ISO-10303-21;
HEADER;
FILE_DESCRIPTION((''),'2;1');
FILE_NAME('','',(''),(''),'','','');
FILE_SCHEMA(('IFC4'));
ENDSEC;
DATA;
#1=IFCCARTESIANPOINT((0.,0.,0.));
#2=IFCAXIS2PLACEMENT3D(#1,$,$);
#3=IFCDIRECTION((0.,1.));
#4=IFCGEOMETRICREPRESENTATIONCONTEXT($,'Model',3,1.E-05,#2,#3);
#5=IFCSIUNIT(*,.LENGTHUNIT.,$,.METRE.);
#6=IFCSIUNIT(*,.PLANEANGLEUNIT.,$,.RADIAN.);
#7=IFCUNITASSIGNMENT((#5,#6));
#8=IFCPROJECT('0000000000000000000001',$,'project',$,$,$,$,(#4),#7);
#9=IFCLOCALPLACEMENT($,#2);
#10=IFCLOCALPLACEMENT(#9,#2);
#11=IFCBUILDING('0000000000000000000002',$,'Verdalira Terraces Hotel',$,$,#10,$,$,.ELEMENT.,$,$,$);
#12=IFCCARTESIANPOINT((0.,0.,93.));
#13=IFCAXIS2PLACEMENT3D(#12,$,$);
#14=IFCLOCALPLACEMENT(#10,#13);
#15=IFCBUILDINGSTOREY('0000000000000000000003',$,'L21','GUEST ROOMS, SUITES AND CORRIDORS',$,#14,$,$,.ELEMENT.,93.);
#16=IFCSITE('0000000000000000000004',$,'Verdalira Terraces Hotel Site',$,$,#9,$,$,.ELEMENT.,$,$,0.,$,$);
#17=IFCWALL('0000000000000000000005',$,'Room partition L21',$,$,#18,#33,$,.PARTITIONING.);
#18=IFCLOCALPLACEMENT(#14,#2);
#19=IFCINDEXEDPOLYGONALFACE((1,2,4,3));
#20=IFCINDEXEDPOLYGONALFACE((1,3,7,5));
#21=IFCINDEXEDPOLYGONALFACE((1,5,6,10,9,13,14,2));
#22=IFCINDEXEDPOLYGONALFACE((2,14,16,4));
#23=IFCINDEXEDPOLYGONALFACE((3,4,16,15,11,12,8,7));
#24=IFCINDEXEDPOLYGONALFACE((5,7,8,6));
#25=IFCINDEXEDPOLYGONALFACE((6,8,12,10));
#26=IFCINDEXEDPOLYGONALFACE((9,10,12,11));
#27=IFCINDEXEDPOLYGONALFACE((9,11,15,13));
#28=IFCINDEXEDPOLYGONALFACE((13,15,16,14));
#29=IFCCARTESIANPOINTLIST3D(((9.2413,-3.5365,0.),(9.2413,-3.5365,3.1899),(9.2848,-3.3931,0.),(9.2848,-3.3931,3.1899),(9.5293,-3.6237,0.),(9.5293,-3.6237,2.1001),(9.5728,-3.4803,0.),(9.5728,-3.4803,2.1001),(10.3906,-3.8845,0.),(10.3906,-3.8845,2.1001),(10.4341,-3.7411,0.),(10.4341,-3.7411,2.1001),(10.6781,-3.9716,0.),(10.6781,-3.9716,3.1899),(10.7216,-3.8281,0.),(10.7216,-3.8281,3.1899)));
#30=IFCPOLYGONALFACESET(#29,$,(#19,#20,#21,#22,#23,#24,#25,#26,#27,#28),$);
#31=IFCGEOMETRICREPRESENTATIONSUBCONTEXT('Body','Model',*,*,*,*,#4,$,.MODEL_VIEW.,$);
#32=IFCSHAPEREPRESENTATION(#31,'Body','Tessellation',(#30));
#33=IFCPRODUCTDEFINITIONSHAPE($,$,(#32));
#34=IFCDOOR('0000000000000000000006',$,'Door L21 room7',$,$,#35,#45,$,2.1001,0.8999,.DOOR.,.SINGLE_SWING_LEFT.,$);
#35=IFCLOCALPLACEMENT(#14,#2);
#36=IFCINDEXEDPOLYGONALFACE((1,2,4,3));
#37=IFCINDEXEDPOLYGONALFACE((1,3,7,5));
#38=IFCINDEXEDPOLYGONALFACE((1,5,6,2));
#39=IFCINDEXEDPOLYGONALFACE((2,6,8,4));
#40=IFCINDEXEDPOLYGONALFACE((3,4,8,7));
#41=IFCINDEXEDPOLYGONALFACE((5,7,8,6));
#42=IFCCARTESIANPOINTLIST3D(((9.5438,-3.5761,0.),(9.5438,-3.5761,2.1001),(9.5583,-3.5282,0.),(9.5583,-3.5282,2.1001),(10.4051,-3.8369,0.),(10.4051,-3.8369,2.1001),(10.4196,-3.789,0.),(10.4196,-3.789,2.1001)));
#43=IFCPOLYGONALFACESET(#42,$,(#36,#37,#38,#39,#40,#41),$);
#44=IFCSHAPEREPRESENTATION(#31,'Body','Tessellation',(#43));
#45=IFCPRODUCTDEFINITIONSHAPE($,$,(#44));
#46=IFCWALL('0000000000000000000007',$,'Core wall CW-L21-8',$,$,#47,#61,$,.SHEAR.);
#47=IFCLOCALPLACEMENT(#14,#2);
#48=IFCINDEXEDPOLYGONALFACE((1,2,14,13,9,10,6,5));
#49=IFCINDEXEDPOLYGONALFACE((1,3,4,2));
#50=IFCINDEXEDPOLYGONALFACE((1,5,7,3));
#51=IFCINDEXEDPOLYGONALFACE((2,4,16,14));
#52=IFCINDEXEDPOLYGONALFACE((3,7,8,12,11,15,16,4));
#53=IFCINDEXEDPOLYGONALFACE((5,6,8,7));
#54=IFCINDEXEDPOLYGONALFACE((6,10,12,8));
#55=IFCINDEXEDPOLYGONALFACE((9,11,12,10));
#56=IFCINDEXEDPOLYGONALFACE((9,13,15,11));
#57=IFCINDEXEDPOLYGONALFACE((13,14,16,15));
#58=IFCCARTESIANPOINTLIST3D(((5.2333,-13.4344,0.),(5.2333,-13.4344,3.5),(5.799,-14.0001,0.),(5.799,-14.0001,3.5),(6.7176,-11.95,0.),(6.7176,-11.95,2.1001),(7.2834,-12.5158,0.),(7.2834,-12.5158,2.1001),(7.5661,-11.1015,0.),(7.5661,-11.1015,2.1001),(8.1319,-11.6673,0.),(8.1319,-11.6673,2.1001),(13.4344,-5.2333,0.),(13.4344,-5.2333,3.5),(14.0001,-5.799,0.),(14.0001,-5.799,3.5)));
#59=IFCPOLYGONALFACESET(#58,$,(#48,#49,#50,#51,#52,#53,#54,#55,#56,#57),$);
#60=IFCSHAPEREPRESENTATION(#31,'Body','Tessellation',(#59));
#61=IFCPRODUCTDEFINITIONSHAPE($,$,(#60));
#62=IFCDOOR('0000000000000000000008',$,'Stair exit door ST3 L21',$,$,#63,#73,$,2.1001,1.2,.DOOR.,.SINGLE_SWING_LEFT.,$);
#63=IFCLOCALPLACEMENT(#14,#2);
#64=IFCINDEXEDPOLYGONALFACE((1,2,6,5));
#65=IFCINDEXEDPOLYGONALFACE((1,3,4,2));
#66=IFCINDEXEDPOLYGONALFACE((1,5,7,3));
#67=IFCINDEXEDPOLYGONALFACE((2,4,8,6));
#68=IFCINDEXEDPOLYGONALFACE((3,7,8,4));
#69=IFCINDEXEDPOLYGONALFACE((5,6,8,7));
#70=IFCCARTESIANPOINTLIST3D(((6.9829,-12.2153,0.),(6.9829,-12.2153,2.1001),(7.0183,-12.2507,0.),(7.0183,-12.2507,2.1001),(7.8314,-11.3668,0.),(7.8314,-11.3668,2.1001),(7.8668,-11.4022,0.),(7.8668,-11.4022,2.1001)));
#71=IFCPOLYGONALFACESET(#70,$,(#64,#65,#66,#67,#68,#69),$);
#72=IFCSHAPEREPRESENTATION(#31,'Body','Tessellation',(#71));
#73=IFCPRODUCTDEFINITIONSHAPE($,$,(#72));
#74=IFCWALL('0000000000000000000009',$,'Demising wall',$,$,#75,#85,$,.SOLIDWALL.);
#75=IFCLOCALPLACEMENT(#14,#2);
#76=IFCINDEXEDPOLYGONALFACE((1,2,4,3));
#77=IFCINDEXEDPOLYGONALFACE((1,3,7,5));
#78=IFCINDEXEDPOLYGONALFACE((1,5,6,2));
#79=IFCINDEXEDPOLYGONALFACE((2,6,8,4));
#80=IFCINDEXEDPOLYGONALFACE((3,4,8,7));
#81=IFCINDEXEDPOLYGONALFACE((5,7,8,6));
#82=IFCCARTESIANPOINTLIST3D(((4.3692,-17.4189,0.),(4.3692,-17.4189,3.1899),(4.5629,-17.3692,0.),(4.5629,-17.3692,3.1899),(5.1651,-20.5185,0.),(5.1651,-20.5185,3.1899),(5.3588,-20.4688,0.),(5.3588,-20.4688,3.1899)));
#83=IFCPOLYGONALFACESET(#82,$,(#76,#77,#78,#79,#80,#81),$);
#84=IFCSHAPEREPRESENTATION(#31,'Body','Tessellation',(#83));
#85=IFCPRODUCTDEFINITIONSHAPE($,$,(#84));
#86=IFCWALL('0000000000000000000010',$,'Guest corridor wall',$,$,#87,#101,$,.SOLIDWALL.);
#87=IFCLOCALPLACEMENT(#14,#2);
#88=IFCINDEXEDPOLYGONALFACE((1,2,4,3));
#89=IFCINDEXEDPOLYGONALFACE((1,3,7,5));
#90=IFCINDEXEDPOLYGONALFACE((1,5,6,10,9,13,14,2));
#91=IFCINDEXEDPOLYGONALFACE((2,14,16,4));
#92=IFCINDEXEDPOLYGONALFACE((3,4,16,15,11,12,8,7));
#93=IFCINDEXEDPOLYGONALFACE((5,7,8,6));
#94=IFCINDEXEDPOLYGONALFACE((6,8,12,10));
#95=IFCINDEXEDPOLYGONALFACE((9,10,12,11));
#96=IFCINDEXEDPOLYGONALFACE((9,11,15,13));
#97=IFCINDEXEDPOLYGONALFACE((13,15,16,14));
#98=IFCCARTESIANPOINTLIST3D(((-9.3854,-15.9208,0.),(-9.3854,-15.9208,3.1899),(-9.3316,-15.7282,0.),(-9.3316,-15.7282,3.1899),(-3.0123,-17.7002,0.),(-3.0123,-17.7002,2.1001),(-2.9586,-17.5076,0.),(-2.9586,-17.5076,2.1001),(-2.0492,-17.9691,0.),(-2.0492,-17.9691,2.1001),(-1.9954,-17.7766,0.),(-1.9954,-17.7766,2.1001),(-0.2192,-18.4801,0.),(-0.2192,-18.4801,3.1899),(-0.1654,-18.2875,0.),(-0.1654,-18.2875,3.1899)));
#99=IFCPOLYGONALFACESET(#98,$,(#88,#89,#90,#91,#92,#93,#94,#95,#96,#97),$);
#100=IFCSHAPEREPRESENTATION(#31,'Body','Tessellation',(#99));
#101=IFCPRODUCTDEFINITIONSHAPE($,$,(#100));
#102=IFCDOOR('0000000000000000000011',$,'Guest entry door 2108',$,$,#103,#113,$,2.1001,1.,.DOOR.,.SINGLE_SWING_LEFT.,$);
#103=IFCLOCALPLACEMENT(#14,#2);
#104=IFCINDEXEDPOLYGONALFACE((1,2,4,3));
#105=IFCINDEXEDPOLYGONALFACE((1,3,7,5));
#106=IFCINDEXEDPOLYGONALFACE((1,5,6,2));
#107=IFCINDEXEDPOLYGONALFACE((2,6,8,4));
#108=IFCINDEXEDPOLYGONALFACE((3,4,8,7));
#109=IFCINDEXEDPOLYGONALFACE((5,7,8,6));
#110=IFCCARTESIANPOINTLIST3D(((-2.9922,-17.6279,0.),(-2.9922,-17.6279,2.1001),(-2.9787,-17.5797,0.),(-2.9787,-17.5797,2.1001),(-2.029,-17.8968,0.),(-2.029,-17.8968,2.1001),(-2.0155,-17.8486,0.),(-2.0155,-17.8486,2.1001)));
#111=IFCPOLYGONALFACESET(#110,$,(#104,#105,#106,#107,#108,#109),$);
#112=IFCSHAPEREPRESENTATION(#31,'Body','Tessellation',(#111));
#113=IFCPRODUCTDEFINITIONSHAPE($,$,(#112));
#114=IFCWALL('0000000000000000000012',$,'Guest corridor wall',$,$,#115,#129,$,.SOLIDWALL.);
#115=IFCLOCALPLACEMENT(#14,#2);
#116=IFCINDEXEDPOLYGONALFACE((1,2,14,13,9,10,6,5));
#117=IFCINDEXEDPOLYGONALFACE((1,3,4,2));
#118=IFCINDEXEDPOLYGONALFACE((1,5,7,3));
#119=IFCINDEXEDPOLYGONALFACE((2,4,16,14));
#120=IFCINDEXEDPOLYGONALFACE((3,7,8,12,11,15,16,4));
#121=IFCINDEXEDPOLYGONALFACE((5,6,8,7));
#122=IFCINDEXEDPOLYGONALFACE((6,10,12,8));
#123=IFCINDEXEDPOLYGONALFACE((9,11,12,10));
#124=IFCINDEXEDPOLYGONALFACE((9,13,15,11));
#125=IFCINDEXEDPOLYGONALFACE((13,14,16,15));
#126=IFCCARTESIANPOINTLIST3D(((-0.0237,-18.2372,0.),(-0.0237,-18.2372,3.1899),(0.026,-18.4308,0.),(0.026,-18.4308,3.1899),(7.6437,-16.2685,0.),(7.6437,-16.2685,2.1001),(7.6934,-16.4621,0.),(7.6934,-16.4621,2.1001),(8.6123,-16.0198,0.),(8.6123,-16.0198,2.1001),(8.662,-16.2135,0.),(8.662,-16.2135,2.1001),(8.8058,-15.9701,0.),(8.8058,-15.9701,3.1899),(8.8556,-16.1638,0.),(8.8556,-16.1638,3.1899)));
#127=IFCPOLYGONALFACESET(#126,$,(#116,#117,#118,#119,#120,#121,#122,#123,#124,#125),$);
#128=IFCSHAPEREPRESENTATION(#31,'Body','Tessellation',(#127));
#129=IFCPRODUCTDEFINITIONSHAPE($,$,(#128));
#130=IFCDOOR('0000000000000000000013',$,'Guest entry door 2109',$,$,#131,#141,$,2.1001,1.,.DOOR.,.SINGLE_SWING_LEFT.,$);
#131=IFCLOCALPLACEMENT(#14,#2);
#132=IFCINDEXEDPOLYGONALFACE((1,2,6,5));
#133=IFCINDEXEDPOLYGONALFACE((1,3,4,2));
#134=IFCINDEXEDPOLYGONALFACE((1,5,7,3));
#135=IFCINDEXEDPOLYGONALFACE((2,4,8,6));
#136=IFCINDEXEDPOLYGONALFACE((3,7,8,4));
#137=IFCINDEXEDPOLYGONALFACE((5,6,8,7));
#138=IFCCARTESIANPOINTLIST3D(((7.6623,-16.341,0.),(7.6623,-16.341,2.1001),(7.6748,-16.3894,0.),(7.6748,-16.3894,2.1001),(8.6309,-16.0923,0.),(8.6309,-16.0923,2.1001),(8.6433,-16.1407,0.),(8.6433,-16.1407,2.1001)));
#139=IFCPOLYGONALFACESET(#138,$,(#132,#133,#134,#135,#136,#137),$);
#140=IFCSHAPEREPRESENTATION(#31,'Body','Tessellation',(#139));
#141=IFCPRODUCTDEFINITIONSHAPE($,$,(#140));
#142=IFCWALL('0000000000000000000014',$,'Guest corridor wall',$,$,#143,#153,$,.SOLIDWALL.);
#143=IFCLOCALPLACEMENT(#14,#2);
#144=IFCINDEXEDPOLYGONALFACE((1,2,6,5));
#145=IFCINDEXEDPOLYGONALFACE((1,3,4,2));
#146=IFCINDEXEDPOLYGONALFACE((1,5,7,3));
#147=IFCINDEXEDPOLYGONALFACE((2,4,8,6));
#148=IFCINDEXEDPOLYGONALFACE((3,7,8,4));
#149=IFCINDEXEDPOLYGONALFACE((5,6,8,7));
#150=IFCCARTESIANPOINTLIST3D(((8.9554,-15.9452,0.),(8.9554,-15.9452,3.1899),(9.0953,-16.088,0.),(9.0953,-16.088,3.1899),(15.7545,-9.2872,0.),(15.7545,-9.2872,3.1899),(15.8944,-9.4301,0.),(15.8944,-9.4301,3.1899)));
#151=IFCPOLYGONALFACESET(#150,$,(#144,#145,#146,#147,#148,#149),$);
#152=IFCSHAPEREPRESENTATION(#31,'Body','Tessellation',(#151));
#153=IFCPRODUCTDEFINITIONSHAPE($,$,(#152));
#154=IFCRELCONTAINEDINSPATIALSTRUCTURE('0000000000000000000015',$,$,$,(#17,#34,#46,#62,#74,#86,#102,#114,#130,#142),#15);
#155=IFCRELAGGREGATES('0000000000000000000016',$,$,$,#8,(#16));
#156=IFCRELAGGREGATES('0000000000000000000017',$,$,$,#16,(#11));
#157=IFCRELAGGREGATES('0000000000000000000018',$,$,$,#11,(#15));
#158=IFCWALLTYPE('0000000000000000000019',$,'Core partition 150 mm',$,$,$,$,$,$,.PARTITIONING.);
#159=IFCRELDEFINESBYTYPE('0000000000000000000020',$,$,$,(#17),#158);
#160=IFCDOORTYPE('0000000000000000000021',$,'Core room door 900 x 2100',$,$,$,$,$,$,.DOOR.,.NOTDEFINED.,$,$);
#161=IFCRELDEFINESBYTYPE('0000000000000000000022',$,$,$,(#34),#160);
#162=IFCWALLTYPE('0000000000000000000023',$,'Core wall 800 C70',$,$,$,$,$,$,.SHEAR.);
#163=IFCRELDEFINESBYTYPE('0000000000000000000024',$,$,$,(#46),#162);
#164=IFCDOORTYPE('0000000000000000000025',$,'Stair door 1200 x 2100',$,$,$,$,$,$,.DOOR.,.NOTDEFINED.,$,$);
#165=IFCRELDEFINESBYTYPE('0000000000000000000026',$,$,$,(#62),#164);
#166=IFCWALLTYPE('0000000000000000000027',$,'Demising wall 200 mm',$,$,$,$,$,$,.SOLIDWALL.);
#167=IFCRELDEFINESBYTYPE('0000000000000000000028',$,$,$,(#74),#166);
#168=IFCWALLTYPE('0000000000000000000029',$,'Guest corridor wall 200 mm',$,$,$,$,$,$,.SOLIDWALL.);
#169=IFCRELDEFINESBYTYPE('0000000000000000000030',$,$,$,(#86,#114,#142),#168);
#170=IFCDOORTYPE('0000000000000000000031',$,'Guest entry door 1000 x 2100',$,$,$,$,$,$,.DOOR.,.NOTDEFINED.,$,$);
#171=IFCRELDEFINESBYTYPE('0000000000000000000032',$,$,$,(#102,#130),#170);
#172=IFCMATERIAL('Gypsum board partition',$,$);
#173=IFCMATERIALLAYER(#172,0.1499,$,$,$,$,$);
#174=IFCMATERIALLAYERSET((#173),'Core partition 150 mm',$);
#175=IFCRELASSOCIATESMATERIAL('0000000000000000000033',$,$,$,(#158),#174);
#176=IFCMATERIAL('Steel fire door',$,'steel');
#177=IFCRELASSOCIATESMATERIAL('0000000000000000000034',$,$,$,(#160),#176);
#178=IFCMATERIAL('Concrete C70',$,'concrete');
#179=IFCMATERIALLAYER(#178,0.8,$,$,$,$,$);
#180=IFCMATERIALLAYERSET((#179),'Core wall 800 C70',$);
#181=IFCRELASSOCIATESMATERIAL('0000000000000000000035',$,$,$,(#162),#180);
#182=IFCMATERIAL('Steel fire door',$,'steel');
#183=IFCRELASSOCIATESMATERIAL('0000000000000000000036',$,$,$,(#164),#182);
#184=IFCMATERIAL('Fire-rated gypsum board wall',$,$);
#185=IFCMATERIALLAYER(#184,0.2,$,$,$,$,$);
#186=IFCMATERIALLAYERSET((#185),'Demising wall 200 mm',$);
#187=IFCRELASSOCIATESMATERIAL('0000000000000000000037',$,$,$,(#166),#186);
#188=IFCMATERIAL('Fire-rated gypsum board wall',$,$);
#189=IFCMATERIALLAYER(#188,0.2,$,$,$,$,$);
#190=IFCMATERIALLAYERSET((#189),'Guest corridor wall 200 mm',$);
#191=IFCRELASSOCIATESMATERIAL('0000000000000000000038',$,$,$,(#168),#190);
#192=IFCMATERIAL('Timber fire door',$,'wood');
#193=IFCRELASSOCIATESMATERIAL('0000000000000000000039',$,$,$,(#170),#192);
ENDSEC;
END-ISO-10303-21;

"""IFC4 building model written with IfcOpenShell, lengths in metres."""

from ifc_helpers import new_model, si_unit, direction, frame, frame_2d, origin, place, context, subcontext, project, spatial, rectangle, extrude, material, layer, layer_set, type_object, element, fill, save


model = new_model("IFC4")

# Units and contexts
model_context = context("Model", 3, precision=1e-05, world=origin(), true_north=direction((0.0, 1.0)))
body_context = subcontext(model_context, "Body", "Model", "MODEL_VIEW")
ifc_project = project(units=[si_unit("LENGTHUNIT", "METRE"), si_unit("PLANEANGLEUNIT", "RADIAN")], contexts=[model_context])

# Site, building, storey
site_placement = place(None, origin())
site = spatial("IfcSite", under=ifc_project, at=site_placement, Name="Verdalira Terraces Hotel Site", CompositionType="ELEMENT", RefElevation=0.0)
building_placement = place(site_placement, origin())
building = spatial("IfcBuilding", under=site, at=building_placement, Name="Verdalira Terraces Hotel", CompositionType="ELEMENT")
storey_placement = place(building_placement, frame((0.0, 0.0, 93.0)))
storey = spatial("IfcBuildingStorey", under=building, at=storey_placement, Name="L21", Description="GUEST ROOMS, SUITES AND CORRIDORS", CompositionType="ELEMENT", Elevation=93.0)

# Walls, openings, doors
ifc_material_1 = material(Name="Gypsum board partition")
ifc_layer_1 = layer(ifc_material_1, 0.1499)
ifc_layer_set_1 = layer_set([ifc_layer_1], Name="Core partition 150 mm")
wall_type_1 = type_object("IfcWallType", Name="Core partition 150 mm", PredefinedType="PARTITIONING", material=ifc_layer_set_1)
ifc_material_2 = material(Name="Steel fire door", Category="steel")
door_type_1 = type_object("IfcDoorType", Name="Core room door 900 x 2100", OperationType="NOTDEFINED", PredefinedType="DOOR", material=ifc_material_2)
wall_1_placement = place(storey_placement, frame((9.2632, -3.4648, 0.0), z_axis=(0.0, 0.0, 1.0), x_axis=(0.957085, -0.289809, 0.0)))
wall_1 = element("IfcWall", 1, at=wall_1_placement, inside=storey, type_object=wall_type_1, Name="Room partition L21", PredefinedType="PARTITIONING", context=body_context, shape_type="SweptSolid", body=[
    extrude(rectangle(XDim=1.5012, YDim=0.1499, at=frame_2d((0.7505, 0.0))), origin(), (0.0, 0.0, 1.0), 3.1899),
])
opening_1_placement = place(wall_1_placement, frame((0.3008, 0.0, 0.0)))
opening_1 = element("IfcOpeningElement", 2, at=opening_1_placement, cuts=wall_1, PredefinedType="OPENING", context=body_context, shape_type="SweptSolid", body=[
    extrude(rectangle(XDim=0.8999, YDim=2.1001, at=frame_2d((0.45, 1.05))), frame((0.0, 0.085, 0.0), z_axis=(0.0, -1.0, 0.0), x_axis=(1.0, 0.0, 0.0)), (0.0, 0.0, 1.0), 0.1699),
])
door_1_placement = place(opening_1_placement, origin())
door_1 = element("IfcDoor", 3, at=door_1_placement, inside=storey, type_object=door_type_1, Name="Door L21 room7", OperationType="SINGLE_SWING_LEFT", OverallHeight=2.1001, OverallWidth=0.8999, PredefinedType="DOOR", context=body_context, shape_type="SweptSolid", body=[
    extrude(rectangle(XDim=0.8999, YDim=2.1001, at=frame_2d((0.45, 1.05))), frame((0.0, 0.0249, 0.0), z_axis=(0.0, -1.0, 0.0), x_axis=(1.0, 0.0, 0.0)), (0.0, 0.0, 1.0), 0.05),
])
fill(opening_1, door_1)
ifc_material_3 = material(Name="Concrete C70", Category="concrete")
ifc_layer_2 = layer(ifc_material_3, 0.8)
ifc_layer_set_2 = layer_set([ifc_layer_2], Name="Core wall 800 C70")
wall_type_2 = type_object("IfcWallType", Name="Core wall 800 C70", PredefinedType="SHEAR", material=ifc_layer_set_2)
wall_2_placement = place(storey_placement, frame((5.5161, -13.7173, 0.0), z_axis=(0.0, 0.0, 1.0), x_axis=(0.707107, 0.707107, 0.0)))
wall_2 = element("IfcWall", 4, at=wall_2_placement, inside=storey, type_object=wall_type_2, Name="Core wall CW-L21-8", PredefinedType="SHEAR", context=body_context, shape_type="SweptSolid", body=[
    extrude(rectangle(XDim=11.5981, YDim=0.8, at=frame_2d((5.7991, 0.0))), origin(), (0.0, 0.0, 1.0), 3.5),
])
opening_2_placement = place(wall_2_placement, frame((2.0991, 0.0, 0.0)))
opening_2 = element("IfcOpeningElement", 5, at=opening_2_placement, cuts=wall_2, PredefinedType="OPENING", context=body_context, shape_type="SweptSolid", body=[
    extrude(rectangle(XDim=1.2, YDim=2.1001, at=frame_2d((0.6001, 1.05))), frame((0.0, 0.4099, 0.0), z_axis=(0.0, -1.0, 0.0), x_axis=(1.0, 0.0, 0.0)), (0.0, 0.0, 1.0), 0.8201),
])
ifc_material_4 = material(Name="Steel fire door", Category="steel")
door_type_2 = type_object("IfcDoorType", Name="Stair door 1200 x 2100", OperationType="NOTDEFINED", PredefinedType="DOOR", material=ifc_material_4)
door_2_placement = place(opening_2_placement, origin())
door_2 = element("IfcDoor", 6, at=door_2_placement, inside=storey, type_object=door_type_2, Name="Stair exit door ST3 L21", OperationType="SINGLE_SWING_LEFT", OverallHeight=2.1001, OverallWidth=1.2, PredefinedType="DOOR", context=body_context, shape_type="SweptSolid", body=[
    extrude(rectangle(XDim=1.2, YDim=2.1001, at=frame_2d((0.6001, 1.05))), frame((0.0, 0.0249, 0.0), z_axis=(0.0, -1.0, 0.0), x_axis=(1.0, 0.0, 0.0)), (0.0, 0.0, 1.0), 0.05),
])
fill(opening_2, door_2)

# Wall
ifc_material_5 = material(Name="Fire-rated gypsum board wall")
ifc_layer_3 = layer(ifc_material_5, 0.2)
ifc_layer_set_3 = layer_set([ifc_layer_3], Name="Demising wall 200 mm")
wall_type_3 = type_object("IfcWallType", Name="Demising wall 200 mm", PredefinedType="SOLIDWALL", material=ifc_layer_set_3)
wall_3_placement = place(storey_placement, frame((4.4661, -17.394, 0.0), z_axis=(0.0, 0.0, 1.0), x_axis=(0.248706, -0.968579, 0.0)))
element("IfcWall", 7, at=wall_3_placement, inside=storey, type_object=wall_type_3, Name="Demising wall", PredefinedType="SOLIDWALL", context=body_context, shape_type="SweptSolid", body=[
    extrude(rectangle(XDim=3.2002, YDim=0.2, at=frame_2d((1.6001, 0.0))), origin(), (0.0, 0.0, 1.0), 3.1899),
])

# Walls, openings, doors
ifc_material_6 = material(Name="Fire-rated gypsum board wall")
ifc_layer_4 = layer(ifc_material_6, 0.2)
ifc_layer_set_4 = layer_set([ifc_layer_4], Name="Guest corridor wall 200 mm")
wall_type_4 = type_object("IfcWallType", Name="Guest corridor wall 200 mm", PredefinedType="SOLIDWALL", material=ifc_layer_set_4)
wall_4_placement = place(storey_placement, frame((-0.1924, -18.3838, 0.0), z_axis=(0.0, 0.0, 1.0), x_axis=(-0.963161, 0.268926, 0.0)))
wall_4 = element("IfcWall", 8, at=wall_4_placement, inside=storey, type_object=wall_type_4, Name="Guest corridor wall", PredefinedType="SOLIDWALL", context=body_context, shape_type="SweptSolid", body=[
    extrude(rectangle(XDim=9.5168, YDim=0.2, at=frame_2d((4.7583, 0.0))), origin(), (0.0, 0.0, 1.0), 3.1899),
])
opening_3_placement = place(wall_4_placement, frame((1.8999, 0.0, 0.0)))
opening_3 = element("IfcOpeningElement", 9, at=opening_3_placement, cuts=wall_4, PredefinedType="OPENING", context=body_context, shape_type="SweptSolid", body=[
    extrude(rectangle(XDim=1.0, YDim=2.1001, at=frame_2d((0.5, 1.05))), frame((0.0, 0.1099, 0.0), z_axis=(0.0, -1.0, 0.0), x_axis=(1.0, 0.0, 0.0)), (0.0, 0.0, 1.0), 0.22),
])
ifc_material_7 = material(Name="Timber fire door", Category="wood")
door_type_3 = type_object("IfcDoorType", Name="Guest entry door 1000 x 2100", OperationType="NOTDEFINED", PredefinedType="DOOR", material=ifc_material_7)
door_3_placement = place(opening_3_placement, origin())
door_3 = element("IfcDoor", 10, at=door_3_placement, inside=storey, type_object=door_type_3, Name="Guest entry door 2108", OperationType="SINGLE_SWING_LEFT", OverallHeight=2.1001, OverallWidth=1.0, PredefinedType="DOOR", context=body_context, shape_type="SweptSolid", body=[
    extrude(rectangle(XDim=1.0, YDim=2.1001, at=frame_2d((0.5, 1.05))), frame((0.0, 0.0249, 0.0), z_axis=(0.0, -1.0, 0.0), x_axis=(1.0, 0.0, 0.0)), (0.0, 0.0, 1.0), 0.05),
])
fill(opening_3, door_3)
wall_5_placement = place(storey_placement, frame((8.8308, -16.0669, 0.0), z_axis=(0.0, 0.0, 1.0), x_axis=(-0.968582, -0.248694, 0.0)))
wall_5 = element("IfcWall", 11, at=wall_5_placement, inside=storey, type_object=wall_type_4, Name="Guest corridor wall", PredefinedType="SOLIDWALL", context=body_context, shape_type="SweptSolid", body=[
    extrude(rectangle(XDim=9.116, YDim=0.2, at=frame_2d((4.5581, 0.0))), origin(), (0.0, 0.0, 1.0), 3.1899),
])
opening_4_placement = place(wall_5_placement, frame((0.2, 0.0, 0.0)))
opening_4 = element("IfcOpeningElement", 12, at=opening_4_placement, cuts=wall_5, PredefinedType="OPENING", context=body_context, shape_type="SweptSolid", body=[
    extrude(rectangle(XDim=1.0, YDim=2.1001, at=frame_2d((0.5, 1.05))), frame((0.0, 0.1099, 0.0), z_axis=(0.0, -1.0, 0.0), x_axis=(1.0, 0.0, 0.0)), (0.0, 0.0, 1.0), 0.22),
])
door_4_placement = place(opening_4_placement, origin())
door_4 = element("IfcDoor", 13, at=door_4_placement, inside=storey, type_object=door_type_3, Name="Guest entry door 2109", OperationType="SINGLE_SWING_LEFT", OverallHeight=2.1001, OverallWidth=1.0, PredefinedType="DOOR", context=body_context, shape_type="SweptSolid", body=[
    extrude(rectangle(XDim=1.0, YDim=2.1001, at=frame_2d((0.5, 1.05))), frame((0.0, 0.0249, 0.0), z_axis=(0.0, -1.0, 0.0), x_axis=(1.0, 0.0, 0.0)), (0.0, 0.0, 1.0), 0.05),
])
fill(opening_4, door_4)

# Wall
wall_6_placement = place(storey_placement, frame((9.0254, -16.0166, 0.0), z_axis=(0.0, 0.0, 1.0), x_axis=(0.714482, 0.699653, 0.0)))
element("IfcWall", 14, at=wall_6_placement, inside=storey, type_object=wall_type_4, Name="Guest corridor wall", PredefinedType="SOLIDWALL", context=body_context, shape_type="SweptSolid", body=[
    extrude(rectangle(XDim=9.5161, YDim=0.2, at=frame_2d((4.7581, 0.0))), origin(), (0.0, 0.0, 1.0), 3.1899),
])

save(model, "model.ifc")
